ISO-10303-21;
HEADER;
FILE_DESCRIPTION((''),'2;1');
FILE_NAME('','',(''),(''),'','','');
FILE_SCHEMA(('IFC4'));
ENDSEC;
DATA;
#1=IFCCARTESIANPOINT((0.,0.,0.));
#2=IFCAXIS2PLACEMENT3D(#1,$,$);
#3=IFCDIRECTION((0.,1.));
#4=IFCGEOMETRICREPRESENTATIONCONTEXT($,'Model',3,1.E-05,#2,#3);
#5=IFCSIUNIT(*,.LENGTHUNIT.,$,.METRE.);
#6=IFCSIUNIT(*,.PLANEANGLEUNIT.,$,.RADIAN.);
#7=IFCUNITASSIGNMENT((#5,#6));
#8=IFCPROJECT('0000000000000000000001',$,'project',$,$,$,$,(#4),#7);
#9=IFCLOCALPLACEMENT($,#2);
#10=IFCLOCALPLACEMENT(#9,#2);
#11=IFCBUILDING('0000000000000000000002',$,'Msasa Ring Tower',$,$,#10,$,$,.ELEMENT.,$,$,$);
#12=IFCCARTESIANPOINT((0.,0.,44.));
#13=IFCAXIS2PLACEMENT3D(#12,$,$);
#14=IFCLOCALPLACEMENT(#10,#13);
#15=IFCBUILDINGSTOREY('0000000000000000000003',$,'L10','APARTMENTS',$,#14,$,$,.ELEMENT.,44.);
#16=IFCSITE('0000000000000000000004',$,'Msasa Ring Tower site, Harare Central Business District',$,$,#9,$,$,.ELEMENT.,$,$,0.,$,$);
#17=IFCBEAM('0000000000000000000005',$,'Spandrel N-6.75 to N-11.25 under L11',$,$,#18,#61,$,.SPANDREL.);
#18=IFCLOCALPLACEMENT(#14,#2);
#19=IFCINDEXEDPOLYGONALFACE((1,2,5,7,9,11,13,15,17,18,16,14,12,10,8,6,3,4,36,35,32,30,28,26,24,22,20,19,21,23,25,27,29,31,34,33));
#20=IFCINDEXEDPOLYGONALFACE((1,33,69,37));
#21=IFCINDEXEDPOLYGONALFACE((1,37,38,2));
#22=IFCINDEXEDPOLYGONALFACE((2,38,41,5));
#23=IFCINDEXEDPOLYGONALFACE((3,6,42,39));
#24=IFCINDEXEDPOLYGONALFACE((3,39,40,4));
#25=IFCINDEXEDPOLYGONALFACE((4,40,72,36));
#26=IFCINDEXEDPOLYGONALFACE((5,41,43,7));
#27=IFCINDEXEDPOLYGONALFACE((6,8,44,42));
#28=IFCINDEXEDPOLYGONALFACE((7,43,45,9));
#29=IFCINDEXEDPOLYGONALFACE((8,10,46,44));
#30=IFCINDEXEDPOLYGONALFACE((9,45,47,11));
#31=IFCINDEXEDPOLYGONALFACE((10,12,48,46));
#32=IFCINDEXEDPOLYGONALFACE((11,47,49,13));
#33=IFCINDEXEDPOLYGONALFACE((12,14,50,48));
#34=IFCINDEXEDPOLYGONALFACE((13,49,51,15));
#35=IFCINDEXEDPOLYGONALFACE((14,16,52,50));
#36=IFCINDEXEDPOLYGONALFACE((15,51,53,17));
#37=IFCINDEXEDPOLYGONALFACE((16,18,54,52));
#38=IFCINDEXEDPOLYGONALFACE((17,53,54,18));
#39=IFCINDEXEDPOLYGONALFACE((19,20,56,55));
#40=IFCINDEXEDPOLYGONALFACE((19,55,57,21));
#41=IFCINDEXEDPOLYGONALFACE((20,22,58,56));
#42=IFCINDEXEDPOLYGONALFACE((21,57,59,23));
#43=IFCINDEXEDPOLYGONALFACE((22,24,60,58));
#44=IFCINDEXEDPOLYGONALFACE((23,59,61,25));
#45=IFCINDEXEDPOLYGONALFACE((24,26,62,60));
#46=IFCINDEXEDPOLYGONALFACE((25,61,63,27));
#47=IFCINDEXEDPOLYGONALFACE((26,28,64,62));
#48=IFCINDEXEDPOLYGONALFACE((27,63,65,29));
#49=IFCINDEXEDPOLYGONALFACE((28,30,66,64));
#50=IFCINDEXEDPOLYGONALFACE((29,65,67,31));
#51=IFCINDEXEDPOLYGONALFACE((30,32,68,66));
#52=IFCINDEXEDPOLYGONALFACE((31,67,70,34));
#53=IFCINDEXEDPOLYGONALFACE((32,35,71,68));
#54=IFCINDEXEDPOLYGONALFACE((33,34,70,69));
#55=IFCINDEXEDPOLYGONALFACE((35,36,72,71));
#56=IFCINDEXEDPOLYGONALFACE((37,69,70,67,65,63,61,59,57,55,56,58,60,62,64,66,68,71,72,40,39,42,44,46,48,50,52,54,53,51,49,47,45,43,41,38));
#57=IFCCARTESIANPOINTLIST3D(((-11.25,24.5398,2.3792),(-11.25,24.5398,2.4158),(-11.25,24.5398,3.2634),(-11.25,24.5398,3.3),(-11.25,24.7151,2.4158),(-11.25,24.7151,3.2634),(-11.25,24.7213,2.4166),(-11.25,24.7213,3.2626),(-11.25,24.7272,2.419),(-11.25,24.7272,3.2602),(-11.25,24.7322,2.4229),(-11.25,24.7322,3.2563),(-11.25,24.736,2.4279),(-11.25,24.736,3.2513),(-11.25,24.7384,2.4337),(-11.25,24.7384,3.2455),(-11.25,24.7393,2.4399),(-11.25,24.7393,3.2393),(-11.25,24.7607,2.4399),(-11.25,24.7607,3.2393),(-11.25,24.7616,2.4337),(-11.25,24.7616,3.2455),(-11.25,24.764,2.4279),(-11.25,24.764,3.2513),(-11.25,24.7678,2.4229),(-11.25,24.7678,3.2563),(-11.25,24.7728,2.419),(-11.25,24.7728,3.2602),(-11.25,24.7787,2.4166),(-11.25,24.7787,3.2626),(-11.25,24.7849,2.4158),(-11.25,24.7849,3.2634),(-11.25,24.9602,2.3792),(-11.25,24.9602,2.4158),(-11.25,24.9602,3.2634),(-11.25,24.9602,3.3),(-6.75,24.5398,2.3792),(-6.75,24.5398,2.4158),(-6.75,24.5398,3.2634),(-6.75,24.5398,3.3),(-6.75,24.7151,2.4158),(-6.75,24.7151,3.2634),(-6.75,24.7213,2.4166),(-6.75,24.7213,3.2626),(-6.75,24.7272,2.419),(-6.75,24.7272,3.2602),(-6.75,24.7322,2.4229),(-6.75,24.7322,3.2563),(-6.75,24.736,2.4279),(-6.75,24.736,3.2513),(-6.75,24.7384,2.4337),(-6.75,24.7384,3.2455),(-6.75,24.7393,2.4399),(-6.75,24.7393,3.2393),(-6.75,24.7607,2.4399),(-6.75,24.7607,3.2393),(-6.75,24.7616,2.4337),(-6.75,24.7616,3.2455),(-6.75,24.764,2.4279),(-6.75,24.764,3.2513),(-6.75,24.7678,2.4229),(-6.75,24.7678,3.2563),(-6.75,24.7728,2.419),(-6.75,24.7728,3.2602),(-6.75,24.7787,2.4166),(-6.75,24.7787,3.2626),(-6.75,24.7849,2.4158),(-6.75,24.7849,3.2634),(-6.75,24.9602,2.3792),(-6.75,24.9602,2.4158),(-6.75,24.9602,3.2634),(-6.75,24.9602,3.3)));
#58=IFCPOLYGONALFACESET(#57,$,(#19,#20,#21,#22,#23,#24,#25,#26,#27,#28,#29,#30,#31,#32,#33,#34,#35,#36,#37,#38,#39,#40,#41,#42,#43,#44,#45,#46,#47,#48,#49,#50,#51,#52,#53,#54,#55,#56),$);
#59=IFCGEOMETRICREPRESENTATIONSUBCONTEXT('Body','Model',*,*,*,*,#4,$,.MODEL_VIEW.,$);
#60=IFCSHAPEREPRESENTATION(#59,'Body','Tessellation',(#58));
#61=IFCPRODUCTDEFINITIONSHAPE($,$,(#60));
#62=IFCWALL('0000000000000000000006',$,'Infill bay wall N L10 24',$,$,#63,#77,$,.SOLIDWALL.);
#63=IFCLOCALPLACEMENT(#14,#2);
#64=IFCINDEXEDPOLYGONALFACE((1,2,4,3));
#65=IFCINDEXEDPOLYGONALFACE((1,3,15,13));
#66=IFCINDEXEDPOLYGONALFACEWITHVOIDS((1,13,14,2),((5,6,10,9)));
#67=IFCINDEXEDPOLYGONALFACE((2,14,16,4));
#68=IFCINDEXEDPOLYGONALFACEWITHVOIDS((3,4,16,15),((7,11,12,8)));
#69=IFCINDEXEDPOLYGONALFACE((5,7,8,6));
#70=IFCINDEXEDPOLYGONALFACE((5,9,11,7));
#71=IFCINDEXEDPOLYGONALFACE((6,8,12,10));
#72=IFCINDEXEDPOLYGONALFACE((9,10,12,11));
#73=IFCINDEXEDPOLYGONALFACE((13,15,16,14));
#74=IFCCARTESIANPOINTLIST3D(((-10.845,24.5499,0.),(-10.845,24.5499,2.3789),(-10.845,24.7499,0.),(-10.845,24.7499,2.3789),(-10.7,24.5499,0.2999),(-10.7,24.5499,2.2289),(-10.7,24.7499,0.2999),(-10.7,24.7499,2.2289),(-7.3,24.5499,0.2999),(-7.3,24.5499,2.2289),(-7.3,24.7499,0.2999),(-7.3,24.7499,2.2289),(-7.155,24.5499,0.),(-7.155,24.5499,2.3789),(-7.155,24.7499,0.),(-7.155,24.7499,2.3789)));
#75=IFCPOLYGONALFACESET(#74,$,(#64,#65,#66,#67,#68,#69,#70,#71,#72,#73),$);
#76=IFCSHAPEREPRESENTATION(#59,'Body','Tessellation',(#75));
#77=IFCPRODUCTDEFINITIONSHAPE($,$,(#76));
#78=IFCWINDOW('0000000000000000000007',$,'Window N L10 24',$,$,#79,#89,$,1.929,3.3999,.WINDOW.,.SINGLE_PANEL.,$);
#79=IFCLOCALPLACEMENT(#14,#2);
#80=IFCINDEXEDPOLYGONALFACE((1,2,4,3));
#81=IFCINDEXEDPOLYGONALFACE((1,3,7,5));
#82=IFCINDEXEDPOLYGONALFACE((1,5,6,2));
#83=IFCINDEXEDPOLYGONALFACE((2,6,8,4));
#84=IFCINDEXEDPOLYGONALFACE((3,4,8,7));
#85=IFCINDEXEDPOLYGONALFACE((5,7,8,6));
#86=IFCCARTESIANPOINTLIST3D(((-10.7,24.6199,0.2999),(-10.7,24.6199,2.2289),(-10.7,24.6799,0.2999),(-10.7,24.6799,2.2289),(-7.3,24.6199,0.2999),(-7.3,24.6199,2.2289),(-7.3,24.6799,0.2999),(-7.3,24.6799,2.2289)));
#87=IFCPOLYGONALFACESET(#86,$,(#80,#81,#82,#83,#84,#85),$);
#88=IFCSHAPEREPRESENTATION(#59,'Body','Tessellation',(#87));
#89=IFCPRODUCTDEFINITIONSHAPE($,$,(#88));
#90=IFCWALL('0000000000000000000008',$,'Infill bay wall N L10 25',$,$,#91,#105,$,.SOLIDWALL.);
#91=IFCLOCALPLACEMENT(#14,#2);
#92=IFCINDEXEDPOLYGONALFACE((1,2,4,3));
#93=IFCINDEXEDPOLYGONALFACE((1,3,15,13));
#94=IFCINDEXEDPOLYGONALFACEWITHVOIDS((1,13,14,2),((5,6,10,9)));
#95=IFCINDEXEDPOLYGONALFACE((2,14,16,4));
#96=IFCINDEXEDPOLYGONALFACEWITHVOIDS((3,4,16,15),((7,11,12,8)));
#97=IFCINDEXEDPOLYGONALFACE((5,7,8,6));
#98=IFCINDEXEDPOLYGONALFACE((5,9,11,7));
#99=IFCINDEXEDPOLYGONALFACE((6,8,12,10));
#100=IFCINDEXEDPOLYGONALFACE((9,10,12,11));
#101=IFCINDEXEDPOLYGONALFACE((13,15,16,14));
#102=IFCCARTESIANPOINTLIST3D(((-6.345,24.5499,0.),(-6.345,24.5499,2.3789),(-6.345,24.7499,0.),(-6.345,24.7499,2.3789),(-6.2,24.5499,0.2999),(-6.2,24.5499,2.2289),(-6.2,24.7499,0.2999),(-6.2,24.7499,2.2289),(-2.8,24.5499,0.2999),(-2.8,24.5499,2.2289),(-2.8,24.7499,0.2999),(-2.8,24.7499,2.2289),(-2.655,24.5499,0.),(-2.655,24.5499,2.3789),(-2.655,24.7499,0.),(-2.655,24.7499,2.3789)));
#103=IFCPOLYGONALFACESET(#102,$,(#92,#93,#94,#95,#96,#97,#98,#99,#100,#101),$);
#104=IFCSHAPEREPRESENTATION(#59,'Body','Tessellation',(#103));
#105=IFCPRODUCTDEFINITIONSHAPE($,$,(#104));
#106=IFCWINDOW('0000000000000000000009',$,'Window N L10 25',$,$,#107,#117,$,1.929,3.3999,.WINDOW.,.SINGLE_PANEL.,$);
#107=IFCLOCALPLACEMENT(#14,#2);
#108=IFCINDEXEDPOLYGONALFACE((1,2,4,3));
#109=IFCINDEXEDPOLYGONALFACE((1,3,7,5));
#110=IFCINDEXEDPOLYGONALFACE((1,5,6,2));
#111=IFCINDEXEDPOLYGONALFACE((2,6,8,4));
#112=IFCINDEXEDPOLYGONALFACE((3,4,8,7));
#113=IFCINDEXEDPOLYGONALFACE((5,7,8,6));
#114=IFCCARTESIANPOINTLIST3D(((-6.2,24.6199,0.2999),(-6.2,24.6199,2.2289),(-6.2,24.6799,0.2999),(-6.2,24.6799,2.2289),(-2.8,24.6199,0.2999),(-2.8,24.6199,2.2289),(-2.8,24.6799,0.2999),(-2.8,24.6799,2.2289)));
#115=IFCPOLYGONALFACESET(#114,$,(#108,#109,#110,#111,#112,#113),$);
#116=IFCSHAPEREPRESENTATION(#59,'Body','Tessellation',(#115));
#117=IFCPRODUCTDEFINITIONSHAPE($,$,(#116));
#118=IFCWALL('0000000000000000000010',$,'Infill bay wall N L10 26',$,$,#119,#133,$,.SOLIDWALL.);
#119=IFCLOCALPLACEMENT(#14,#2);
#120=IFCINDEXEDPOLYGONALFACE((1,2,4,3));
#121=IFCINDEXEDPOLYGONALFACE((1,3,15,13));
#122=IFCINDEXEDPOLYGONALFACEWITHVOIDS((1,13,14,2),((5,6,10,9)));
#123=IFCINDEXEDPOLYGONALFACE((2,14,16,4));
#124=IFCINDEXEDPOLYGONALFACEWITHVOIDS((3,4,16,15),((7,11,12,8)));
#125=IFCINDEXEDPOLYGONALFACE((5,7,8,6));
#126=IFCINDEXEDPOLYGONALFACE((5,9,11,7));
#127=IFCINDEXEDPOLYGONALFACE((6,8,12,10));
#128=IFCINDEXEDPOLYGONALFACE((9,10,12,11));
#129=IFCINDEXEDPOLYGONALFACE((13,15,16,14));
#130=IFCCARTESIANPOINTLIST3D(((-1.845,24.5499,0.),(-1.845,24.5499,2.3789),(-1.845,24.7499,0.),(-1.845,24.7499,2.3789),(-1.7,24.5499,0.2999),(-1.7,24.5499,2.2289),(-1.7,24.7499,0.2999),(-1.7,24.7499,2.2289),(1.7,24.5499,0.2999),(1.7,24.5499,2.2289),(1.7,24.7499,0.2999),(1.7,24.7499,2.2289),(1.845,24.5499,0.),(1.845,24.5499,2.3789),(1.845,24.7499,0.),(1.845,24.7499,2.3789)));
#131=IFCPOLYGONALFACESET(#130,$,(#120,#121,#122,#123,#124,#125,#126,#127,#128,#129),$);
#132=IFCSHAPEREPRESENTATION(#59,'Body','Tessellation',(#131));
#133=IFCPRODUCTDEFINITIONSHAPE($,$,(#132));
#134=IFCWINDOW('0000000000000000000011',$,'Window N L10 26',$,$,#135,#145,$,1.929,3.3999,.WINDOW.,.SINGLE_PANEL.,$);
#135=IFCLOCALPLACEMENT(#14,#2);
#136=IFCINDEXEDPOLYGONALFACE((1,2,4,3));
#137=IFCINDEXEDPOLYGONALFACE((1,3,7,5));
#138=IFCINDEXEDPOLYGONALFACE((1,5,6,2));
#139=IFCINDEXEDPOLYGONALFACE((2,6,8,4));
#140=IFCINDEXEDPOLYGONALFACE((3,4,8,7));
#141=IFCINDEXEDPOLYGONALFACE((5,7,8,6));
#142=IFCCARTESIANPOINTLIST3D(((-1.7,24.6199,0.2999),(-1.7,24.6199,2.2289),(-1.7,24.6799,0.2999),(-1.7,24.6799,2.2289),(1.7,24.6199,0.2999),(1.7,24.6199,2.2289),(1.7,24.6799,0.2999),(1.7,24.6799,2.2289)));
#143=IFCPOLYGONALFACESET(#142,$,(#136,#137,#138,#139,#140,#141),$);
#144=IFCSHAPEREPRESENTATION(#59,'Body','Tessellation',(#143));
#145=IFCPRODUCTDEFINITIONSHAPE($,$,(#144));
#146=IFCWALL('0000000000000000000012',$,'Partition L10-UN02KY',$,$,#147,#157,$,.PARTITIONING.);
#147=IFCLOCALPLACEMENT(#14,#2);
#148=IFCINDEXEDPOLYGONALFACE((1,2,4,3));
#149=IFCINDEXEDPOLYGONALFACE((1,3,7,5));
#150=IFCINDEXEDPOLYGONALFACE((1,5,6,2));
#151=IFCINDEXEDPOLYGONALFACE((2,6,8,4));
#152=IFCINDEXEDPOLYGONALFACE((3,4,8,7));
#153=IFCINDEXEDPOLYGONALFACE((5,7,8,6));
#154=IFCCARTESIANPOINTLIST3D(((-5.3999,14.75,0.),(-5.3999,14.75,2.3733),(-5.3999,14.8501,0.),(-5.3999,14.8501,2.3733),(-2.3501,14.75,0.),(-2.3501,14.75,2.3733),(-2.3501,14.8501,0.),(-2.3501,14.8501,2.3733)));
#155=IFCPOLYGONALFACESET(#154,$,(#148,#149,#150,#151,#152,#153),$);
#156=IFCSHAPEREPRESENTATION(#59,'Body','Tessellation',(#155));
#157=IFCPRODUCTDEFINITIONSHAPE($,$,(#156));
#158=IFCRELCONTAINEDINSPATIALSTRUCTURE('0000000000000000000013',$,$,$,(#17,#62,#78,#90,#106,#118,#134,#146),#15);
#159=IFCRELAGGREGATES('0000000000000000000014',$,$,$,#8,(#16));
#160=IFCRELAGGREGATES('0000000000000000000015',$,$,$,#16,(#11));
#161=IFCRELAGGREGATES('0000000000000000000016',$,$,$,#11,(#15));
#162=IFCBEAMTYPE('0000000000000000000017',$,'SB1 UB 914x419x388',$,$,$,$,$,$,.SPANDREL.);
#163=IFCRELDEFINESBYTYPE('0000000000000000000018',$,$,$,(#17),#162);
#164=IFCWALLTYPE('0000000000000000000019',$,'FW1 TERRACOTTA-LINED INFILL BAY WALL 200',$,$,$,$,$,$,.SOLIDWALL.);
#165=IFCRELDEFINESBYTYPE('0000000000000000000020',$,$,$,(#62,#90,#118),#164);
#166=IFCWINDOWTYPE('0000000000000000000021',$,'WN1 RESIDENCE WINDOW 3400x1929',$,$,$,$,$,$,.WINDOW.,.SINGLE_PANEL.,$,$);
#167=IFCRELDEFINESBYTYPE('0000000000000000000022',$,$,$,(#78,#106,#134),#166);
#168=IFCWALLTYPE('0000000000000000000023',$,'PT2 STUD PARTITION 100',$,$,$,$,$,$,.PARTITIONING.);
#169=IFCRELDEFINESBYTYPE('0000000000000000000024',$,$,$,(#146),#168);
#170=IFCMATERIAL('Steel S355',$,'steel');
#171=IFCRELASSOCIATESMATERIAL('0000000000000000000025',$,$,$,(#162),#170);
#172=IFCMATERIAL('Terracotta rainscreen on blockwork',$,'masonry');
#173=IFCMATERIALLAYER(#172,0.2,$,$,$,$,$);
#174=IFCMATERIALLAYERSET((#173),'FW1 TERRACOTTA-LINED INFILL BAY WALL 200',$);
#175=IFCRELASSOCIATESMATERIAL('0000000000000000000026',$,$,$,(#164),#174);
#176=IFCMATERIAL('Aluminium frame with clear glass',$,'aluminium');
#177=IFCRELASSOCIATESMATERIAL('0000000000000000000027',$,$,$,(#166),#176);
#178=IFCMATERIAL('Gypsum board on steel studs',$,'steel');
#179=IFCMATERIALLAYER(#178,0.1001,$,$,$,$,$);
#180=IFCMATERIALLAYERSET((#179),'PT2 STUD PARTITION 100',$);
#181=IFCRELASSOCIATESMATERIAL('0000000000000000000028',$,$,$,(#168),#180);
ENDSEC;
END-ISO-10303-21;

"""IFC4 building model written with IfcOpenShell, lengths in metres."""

from ifc_helpers import new_model, si_unit, direction, frame, frame_2d, origin, origin_2d, place, context, subcontext, project, spatial, rectangle, i_section, extrude, material, layer, layer_set, material_profile, profile_set, type_object, element, fill, save


model = new_model("IFC4")

# Units and contexts
model_context = context("Model", 3, precision=1e-05, world=origin(), true_north=direction((0.0, 1.0)))
body_context = subcontext(model_context, "Body", "Model", "MODEL_VIEW")
ifc_project = project(units=[si_unit("LENGTHUNIT", "METRE"), si_unit("PLANEANGLEUNIT", "RADIAN")], contexts=[model_context])

# Site, building, storey
site_placement = place(None, origin())
site = spatial("IfcSite", under=ifc_project, at=site_placement, Name="Msasa Ring Tower site, Harare Central Business District", CompositionType="ELEMENT", RefElevation=0.0)
building_placement = place(site_placement, origin())
building = spatial("IfcBuilding", under=site, at=building_placement, Name="Msasa Ring Tower", CompositionType="ELEMENT")
storey_placement = place(building_placement, frame((0.0, 0.0, 44.0)))
storey = spatial("IfcBuildingStorey", under=building, at=storey_placement, Name="L10", Description="APARTMENTS", CompositionType="ELEMENT", Elevation=44.0)

# Beam
ifc_material_1 = material(Name="Steel S355", Category="steel")
ifc_material_profile_1 = material_profile(ifc_material_1, i_section(OverallWidth=0.4204, OverallDepth=0.9209, WebThickness=0.0215, FlangeThickness=0.0366, FilletRadius=0.0242, at=origin_2d()), Name="UB 914x419x388")
ifc_profile_set_1 = profile_set([ifc_material_profile_1], Name="Steel S355")
beam_type_1 = type_object("IfcBeamType", Name="SB1 UB 914x419x388", PredefinedType="SPANDREL", material=ifc_profile_set_1)
for number, where, z_axis, x_axis, name in (
    (1, (-6.75, 24.75, 2.8396), (-1.0, 0.0, 0.0), (0.0, -1.0, 0.0), "Spandrel N-6.75 to N-11.25 under L11"),
):
    element("IfcBeam", number, at=place(storey_placement, frame(where, z_axis=z_axis, x_axis=x_axis)), inside=storey, type_object=beam_type_1, Name=name, PredefinedType="SPANDREL", context=body_context, shape_type="SweptSolid", body=[
        extrude(i_section(OverallWidth=0.4204, OverallDepth=0.9209, WebThickness=0.0215, FlangeThickness=0.0366, FilletRadius=0.0242, at=origin_2d()), origin(), (0.0, 0.0, 1.0), 4.5),
    ])

# Walls, openings, windows
ifc_material_2 = material(Name="Terracotta rainscreen on blockwork", Category="masonry")
ifc_layer_1 = layer(ifc_material_2, 0.2)
ifc_layer_set_1 = layer_set([ifc_layer_1], Name="FW1 TERRACOTTA-LINED INFILL BAY WALL 200")
wall_type_1 = type_object("IfcWallType", Name="FW1 TERRACOTTA-LINED INFILL BAY WALL 200", PredefinedType="SOLIDWALL", material=ifc_layer_set_1)
wall_1_placement = place(storey_placement, frame((-10.845, 24.6499, 0.0), z_axis=(0.0, 0.0, 1.0), x_axis=(1.0, 0.0, 0.0)))
wall_1 = element("IfcWall", 2, at=wall_1_placement, inside=storey, type_object=wall_type_1, Name="Infill bay wall N L10 24", PredefinedType="SOLIDWALL", context=body_context, shape_type="SweptSolid", body=[
    extrude(rectangle(XDim=3.6899, YDim=0.2, at=frame_2d((1.845, 0.0))), origin(), (0.0, 0.0, 1.0), 2.3789),
])
opening_1_placement = place(wall_1_placement, frame((0.145, 0.0, 0.3)))
opening_1 = element("IfcOpeningElement", 3, at=opening_1_placement, cuts=wall_1, PredefinedType="OPENING", context=body_context, shape_type="SweptSolid", body=[
    extrude(rectangle(XDim=3.3999, YDim=1.929, at=frame_2d((1.7, 0.9644))), frame((0.0, 0.1099, 0.0), z_axis=(0.0, -1.0, 0.0), x_axis=(1.0, 0.0, 0.0)), (0.0, 0.0, 1.0), 0.22),
])
ifc_material_3 = material(Name="Aluminium frame with clear glass", Category="aluminium")
window_type = type_object("IfcWindowType", Name="WN1 RESIDENCE WINDOW 3400x1929", PartitioningType="SINGLE_PANEL", PredefinedType="WINDOW", material=ifc_material_3)
window_1_placement = place(opening_1_placement, origin())
window_1 = element("IfcWindow", 4, at=window_1_placement, inside=storey, type_object=window_type, Name="Window N L10 24", OverallHeight=1.929, OverallWidth=3.3999, PartitioningType="SINGLE_PANEL", PredefinedType="WINDOW", context=body_context, shape_type="SweptSolid", body=[
    extrude(rectangle(XDim=3.3999, YDim=1.929, at=frame_2d((1.7, 0.9644))), frame((0.0, 0.03, 0.0), z_axis=(0.0, -1.0, 0.0), x_axis=(1.0, 0.0, 0.0)), (0.0, 0.0, 1.0), 0.0601),
])
fill(opening_1, window_1)
wall_2_placement = place(storey_placement, frame((-6.345, 24.6499, 0.0), z_axis=(0.0, 0.0, 1.0), x_axis=(1.0, 0.0, 0.0)))
wall_2 = element("IfcWall", 5, at=wall_2_placement, inside=storey, type_object=wall_type_1, Name="Infill bay wall N L10 25", PredefinedType="SOLIDWALL", context=body_context, shape_type="SweptSolid", body=[
    extrude(rectangle(XDim=3.6899, YDim=0.2, at=frame_2d((1.845, 0.0))), origin(), (0.0, 0.0, 1.0), 2.3789),
])
opening_2_placement = place(wall_2_placement, frame((0.145, 0.0, 0.3)))
opening_2 = element("IfcOpeningElement", 6, at=opening_2_placement, cuts=wall_2, PredefinedType="OPENING", context=body_context, shape_type="SweptSolid", body=[
    extrude(rectangle(XDim=3.3999, YDim=1.929, at=frame_2d((1.7, 0.9644))), frame((0.0, 0.1099, 0.0), z_axis=(0.0, -1.0, 0.0), x_axis=(1.0, 0.0, 0.0)), (0.0, 0.0, 1.0), 0.22),
])
window_2_placement = place(opening_2_placement, origin())
window_2 = element("IfcWindow", 7, at=window_2_placement, inside=storey, type_object=window_type, Name="Window N L10 25", OverallHeight=1.929, OverallWidth=3.3999, PartitioningType="SINGLE_PANEL", PredefinedType="WINDOW", context=body_context, shape_type="SweptSolid", body=[
    extrude(rectangle(XDim=3.3999, YDim=1.929, at=frame_2d((1.7, 0.9644))), frame((0.0, 0.03, 0.0), z_axis=(0.0, -1.0, 0.0), x_axis=(1.0, 0.0, 0.0)), (0.0, 0.0, 1.0), 0.0601),
])
fill(opening_2, window_2)
wall_3_placement = place(storey_placement, frame((-1.845, 24.6499, 0.0), z_axis=(0.0, 0.0, 1.0), x_axis=(1.0, 0.0, 0.0)))
wall_3 = element("IfcWall", 8, at=wall_3_placement, inside=storey, type_object=wall_type_1, Name="Infill bay wall N L10 26", PredefinedType="SOLIDWALL", context=body_context, shape_type="SweptSolid", body=[
    extrude(rectangle(XDim=3.6899, YDim=0.2, at=frame_2d((1.845, 0.0))), origin(), (0.0, 0.0, 1.0), 2.3789),
])
opening_3_placement = place(wall_3_placement, frame((0.145, 0.0, 0.3)))
opening_3 = element("IfcOpeningElement", 9, at=opening_3_placement, cuts=wall_3, PredefinedType="OPENING", context=body_context, shape_type="SweptSolid", body=[
    extrude(rectangle(XDim=3.3999, YDim=1.929, at=frame_2d((1.7, 0.9644))), frame((0.0, 0.1099, 0.0), z_axis=(0.0, -1.0, 0.0), x_axis=(1.0, 0.0, 0.0)), (0.0, 0.0, 1.0), 0.22),
])
window_3_placement = place(opening_3_placement, origin())
window_3 = element("IfcWindow", 10, at=window_3_placement, inside=storey, type_object=window_type, Name="Window N L10 26", OverallHeight=1.929, OverallWidth=3.3999, PartitioningType="SINGLE_PANEL", PredefinedType="WINDOW", context=body_context, shape_type="SweptSolid", body=[
    extrude(rectangle(XDim=3.3999, YDim=1.929, at=frame_2d((1.7, 0.9644))), frame((0.0, 0.03, 0.0), z_axis=(0.0, -1.0, 0.0), x_axis=(1.0, 0.0, 0.0)), (0.0, 0.0, 1.0), 0.0601),
])
fill(opening_3, window_3)

# Wall
ifc_material_4 = material(Name="Gypsum board on steel studs", Category="steel")
ifc_layer_2 = layer(ifc_material_4, 0.1001)
ifc_layer_set_2 = layer_set([ifc_layer_2], Name="PT2 STUD PARTITION 100")
wall_type_2 = type_object("IfcWallType", Name="PT2 STUD PARTITION 100", PredefinedType="PARTITIONING", material=ifc_layer_set_2)
wall_4_placement = place(storey_placement, frame((-5.3999, 14.8, 0.0), z_axis=(0.0, 0.0, 1.0), x_axis=(1.0, 0.0, 0.0)))
element("IfcWall", 11, at=wall_4_placement, inside=storey, type_object=wall_type_2, Name="Partition L10-UN02KY", PredefinedType="PARTITIONING", context=body_context, shape_type="SweptSolid", body=[
    extrude(rectangle(XDim=3.0498, YDim=0.1001, at=frame_2d((1.5249, 0.0))), origin(), (0.0, 0.0, 1.0), 2.3733),
])

save(model, "model.ifc")
